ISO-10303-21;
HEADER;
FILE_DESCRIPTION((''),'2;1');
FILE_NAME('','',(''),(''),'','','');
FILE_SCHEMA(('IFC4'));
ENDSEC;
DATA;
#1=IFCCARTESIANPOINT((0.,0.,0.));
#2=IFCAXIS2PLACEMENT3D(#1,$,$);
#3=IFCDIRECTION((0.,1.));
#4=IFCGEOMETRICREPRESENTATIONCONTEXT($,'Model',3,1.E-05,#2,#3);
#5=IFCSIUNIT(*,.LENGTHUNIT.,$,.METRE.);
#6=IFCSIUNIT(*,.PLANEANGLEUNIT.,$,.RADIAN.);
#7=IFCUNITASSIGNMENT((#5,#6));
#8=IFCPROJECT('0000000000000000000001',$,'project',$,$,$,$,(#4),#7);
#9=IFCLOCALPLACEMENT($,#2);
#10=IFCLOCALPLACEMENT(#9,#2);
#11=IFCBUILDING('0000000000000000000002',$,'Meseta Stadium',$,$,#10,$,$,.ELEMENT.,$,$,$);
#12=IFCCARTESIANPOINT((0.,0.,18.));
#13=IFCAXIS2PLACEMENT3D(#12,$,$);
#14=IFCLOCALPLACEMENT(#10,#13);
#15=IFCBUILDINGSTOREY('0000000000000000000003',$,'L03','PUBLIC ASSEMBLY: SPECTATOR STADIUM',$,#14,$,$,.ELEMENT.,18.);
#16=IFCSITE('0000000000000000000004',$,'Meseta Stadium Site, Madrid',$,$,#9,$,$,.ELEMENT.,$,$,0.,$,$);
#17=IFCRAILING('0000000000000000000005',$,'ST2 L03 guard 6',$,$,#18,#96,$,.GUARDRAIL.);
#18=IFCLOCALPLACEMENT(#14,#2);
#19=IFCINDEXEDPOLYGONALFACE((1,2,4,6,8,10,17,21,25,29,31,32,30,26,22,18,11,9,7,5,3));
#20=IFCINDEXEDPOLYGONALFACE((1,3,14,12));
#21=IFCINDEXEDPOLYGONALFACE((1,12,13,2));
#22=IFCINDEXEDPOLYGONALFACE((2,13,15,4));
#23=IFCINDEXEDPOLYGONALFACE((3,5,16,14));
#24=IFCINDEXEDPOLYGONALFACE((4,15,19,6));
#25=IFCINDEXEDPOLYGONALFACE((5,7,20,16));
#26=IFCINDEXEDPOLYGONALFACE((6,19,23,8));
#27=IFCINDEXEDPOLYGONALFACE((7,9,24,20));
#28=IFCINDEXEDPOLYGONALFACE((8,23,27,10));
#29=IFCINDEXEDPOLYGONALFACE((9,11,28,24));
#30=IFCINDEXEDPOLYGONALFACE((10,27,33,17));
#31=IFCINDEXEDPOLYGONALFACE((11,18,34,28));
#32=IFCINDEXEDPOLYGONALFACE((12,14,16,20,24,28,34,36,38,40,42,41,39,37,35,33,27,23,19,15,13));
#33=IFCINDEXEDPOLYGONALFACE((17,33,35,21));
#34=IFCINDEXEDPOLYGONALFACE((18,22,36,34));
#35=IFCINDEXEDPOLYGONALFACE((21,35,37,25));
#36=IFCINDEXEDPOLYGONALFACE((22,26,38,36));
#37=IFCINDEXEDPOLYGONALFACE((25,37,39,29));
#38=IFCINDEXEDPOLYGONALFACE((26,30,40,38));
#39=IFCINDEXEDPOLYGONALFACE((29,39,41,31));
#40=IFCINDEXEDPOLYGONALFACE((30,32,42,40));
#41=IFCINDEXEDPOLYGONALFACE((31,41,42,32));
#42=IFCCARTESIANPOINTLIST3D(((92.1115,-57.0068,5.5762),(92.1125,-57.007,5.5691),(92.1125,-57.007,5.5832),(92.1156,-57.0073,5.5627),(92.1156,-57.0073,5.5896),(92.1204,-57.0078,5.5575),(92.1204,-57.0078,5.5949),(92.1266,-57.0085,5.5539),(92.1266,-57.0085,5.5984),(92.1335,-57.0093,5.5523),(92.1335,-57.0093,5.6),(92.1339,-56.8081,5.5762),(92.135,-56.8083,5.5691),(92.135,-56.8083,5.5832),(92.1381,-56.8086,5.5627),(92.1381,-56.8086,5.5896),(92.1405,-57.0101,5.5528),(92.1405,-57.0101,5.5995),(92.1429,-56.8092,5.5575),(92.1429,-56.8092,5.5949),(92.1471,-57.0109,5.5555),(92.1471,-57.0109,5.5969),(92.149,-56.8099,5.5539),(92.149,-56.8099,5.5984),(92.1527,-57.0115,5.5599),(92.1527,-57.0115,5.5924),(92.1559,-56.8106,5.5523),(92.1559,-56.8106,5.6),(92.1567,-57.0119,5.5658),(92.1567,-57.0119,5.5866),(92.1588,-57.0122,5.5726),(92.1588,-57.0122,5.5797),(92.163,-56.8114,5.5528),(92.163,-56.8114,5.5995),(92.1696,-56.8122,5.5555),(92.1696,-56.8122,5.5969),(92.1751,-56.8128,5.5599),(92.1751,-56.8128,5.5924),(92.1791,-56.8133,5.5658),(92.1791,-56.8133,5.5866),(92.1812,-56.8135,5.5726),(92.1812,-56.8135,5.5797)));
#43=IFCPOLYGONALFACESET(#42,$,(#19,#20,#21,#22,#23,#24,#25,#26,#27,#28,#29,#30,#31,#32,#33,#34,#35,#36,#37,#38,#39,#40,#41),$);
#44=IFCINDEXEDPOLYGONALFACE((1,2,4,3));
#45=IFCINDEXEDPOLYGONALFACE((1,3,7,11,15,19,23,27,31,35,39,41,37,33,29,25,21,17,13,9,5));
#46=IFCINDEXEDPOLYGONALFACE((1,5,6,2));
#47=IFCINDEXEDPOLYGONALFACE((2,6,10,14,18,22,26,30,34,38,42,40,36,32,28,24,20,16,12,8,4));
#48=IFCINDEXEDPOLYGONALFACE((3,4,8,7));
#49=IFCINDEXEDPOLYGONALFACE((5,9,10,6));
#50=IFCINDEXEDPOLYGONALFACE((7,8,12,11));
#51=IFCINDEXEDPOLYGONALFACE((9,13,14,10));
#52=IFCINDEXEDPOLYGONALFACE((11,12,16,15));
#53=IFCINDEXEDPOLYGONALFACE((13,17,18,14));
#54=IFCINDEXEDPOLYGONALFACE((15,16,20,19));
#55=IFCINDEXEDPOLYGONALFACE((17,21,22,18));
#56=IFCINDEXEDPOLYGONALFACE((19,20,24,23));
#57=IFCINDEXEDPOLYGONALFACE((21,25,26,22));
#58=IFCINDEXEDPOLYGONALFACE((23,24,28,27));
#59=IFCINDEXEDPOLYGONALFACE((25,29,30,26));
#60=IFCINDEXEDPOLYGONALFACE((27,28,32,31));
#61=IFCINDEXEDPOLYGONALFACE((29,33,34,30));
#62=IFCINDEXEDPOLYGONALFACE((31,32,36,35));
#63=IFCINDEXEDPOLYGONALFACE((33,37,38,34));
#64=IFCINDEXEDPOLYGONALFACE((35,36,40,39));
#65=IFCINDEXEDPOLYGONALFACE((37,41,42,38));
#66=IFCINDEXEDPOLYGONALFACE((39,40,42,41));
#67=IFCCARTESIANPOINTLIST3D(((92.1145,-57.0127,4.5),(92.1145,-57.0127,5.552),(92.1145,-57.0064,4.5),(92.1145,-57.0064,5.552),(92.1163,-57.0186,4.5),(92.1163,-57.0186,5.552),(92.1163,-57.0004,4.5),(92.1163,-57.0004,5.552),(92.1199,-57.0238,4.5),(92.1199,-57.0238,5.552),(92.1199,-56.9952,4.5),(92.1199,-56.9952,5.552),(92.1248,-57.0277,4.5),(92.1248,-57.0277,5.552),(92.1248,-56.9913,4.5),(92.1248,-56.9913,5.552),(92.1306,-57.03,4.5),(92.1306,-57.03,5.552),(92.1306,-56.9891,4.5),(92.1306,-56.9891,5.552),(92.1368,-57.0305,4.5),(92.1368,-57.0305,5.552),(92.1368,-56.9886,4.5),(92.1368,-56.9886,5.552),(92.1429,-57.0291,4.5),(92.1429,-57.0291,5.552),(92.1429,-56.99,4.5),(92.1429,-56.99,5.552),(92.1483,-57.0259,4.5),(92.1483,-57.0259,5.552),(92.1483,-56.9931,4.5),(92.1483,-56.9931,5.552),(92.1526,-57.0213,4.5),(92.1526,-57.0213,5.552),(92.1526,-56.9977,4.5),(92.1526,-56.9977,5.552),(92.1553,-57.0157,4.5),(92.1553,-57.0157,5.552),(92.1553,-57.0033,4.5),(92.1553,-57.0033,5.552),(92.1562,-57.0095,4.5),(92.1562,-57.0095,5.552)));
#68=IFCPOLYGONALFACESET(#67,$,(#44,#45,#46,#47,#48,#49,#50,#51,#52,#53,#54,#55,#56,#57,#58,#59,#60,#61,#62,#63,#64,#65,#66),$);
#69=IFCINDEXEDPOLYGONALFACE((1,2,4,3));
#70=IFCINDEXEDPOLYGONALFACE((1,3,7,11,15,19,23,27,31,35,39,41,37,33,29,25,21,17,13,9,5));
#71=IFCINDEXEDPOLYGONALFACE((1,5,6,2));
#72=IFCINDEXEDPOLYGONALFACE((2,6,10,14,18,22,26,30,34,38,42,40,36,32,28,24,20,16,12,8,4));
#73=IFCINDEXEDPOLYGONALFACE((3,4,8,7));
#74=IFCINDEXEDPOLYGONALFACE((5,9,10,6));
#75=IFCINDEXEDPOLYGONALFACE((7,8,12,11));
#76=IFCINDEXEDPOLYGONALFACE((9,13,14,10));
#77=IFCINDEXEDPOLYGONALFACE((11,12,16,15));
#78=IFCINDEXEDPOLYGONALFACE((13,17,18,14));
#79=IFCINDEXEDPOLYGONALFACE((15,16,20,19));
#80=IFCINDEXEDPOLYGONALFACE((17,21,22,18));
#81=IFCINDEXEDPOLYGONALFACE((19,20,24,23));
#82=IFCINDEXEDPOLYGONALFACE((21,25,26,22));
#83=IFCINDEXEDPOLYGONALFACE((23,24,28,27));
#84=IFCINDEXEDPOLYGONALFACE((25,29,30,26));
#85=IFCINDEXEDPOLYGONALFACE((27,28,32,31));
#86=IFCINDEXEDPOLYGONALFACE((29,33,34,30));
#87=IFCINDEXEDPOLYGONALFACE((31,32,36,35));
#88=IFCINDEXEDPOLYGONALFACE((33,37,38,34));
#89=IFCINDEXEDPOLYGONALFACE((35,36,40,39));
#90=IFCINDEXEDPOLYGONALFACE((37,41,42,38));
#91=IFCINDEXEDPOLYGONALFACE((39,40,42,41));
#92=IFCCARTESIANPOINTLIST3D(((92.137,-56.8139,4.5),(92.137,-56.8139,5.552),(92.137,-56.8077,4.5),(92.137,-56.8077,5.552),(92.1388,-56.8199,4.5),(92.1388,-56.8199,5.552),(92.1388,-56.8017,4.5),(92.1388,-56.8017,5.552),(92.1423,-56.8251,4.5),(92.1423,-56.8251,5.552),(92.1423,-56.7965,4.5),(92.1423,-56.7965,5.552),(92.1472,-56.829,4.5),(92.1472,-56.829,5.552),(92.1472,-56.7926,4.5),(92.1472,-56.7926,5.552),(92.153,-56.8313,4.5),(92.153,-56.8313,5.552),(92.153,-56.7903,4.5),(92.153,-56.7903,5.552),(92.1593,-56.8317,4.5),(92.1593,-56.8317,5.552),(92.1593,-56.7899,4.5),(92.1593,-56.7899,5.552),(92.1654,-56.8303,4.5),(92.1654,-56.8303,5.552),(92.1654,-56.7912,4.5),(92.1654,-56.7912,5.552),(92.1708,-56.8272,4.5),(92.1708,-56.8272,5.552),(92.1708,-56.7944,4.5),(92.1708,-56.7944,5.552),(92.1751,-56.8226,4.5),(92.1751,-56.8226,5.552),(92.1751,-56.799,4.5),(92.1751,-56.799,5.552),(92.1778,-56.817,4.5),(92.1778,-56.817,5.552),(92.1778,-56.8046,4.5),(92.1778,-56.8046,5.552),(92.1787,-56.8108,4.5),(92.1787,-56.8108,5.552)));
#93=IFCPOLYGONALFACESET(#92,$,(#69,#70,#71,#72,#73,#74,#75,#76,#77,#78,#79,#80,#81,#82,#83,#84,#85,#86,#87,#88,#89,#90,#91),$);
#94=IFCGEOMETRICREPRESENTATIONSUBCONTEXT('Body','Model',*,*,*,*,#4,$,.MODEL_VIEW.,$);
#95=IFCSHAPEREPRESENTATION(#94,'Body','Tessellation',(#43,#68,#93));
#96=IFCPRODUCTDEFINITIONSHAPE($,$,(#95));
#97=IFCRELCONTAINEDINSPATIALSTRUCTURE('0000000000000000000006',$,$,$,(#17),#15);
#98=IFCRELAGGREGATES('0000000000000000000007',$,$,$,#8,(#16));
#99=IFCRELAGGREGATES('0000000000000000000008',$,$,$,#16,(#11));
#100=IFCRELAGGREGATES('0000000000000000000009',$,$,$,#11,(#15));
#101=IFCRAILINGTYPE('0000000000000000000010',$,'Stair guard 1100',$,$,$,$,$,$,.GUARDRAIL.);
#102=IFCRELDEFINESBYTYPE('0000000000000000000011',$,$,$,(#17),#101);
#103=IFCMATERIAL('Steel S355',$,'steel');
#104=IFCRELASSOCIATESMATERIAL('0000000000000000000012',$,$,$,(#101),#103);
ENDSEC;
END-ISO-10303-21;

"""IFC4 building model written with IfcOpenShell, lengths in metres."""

from ifc_helpers import new_model, si_unit, direction, frame, origin, origin_2d, place, context, subcontext, project, spatial, circle, extrude, material, type_object, element, save


model = new_model("IFC4")

# Units and contexts
model_context = context("Model", 3, precision=1e-05, world=origin(), true_north=direction((0.0, 1.0)))
body_context = subcontext(model_context, "Body", "Model", "MODEL_VIEW")
ifc_project = project(units=[si_unit("LENGTHUNIT", "METRE"), si_unit("PLANEANGLEUNIT", "RADIAN")], contexts=[model_context])

# Site, building, storey
site_placement = place(None, origin())
site = spatial("IfcSite", under=ifc_project, at=site_placement, Name="Meseta Stadium Site, Madrid", CompositionType="ELEMENT", RefElevation=0.0)
building_placement = place(site_placement, origin())
building = spatial("IfcBuilding", under=site, at=building_placement, Name="Meseta Stadium", CompositionType="ELEMENT")
storey_placement = place(building_placement, frame((0.0, 0.0, 18.0)))
storey = spatial("IfcBuildingStorey", under=building, at=storey_placement, Name="L03", Description="PUBLIC ASSEMBLY: SPECTATOR STADIUM", CompositionType="ELEMENT", Elevation=18.0)

# Railing
ifc_material_1 = material(Name="Steel S355", Category="steel")
railing_type_1 = type_object("IfcRailingType", Name="Stair guard 1100", PredefinedType="GUARDRAIL", material=ifc_material_1)
railing_1_placement = place(storey_placement, frame((92.1353, -57.0095, 4.5)))
element("IfcRailing", 1, at=railing_1_placement, inside=storey, type_object=railing_type_1, Name="ST2 L03 guard 6", PredefinedType="GUARDRAIL", context=body_context, shape_type="SweptSolid", body=[
    extrude(circle(Radius=0.0239, at=origin_2d()), frame((0.0, 0.0, 1.0762), z_axis=(0.112307, 0.993674, 0.0), x_axis=(-0.993674, 0.112307, 0.0)), (0.0, 0.0, 1.0), 0.2),
    extrude(circle(Radius=0.021, at=origin_2d()), origin(), (0.0, 0.0, 1.0), 1.052),
    extrude(circle(Radius=0.021, at=origin_2d()), frame((0.0225, 0.1987, 0.0)), (0.0, 0.0, 1.0), 1.052),
])

save(model, "model.ifc")
